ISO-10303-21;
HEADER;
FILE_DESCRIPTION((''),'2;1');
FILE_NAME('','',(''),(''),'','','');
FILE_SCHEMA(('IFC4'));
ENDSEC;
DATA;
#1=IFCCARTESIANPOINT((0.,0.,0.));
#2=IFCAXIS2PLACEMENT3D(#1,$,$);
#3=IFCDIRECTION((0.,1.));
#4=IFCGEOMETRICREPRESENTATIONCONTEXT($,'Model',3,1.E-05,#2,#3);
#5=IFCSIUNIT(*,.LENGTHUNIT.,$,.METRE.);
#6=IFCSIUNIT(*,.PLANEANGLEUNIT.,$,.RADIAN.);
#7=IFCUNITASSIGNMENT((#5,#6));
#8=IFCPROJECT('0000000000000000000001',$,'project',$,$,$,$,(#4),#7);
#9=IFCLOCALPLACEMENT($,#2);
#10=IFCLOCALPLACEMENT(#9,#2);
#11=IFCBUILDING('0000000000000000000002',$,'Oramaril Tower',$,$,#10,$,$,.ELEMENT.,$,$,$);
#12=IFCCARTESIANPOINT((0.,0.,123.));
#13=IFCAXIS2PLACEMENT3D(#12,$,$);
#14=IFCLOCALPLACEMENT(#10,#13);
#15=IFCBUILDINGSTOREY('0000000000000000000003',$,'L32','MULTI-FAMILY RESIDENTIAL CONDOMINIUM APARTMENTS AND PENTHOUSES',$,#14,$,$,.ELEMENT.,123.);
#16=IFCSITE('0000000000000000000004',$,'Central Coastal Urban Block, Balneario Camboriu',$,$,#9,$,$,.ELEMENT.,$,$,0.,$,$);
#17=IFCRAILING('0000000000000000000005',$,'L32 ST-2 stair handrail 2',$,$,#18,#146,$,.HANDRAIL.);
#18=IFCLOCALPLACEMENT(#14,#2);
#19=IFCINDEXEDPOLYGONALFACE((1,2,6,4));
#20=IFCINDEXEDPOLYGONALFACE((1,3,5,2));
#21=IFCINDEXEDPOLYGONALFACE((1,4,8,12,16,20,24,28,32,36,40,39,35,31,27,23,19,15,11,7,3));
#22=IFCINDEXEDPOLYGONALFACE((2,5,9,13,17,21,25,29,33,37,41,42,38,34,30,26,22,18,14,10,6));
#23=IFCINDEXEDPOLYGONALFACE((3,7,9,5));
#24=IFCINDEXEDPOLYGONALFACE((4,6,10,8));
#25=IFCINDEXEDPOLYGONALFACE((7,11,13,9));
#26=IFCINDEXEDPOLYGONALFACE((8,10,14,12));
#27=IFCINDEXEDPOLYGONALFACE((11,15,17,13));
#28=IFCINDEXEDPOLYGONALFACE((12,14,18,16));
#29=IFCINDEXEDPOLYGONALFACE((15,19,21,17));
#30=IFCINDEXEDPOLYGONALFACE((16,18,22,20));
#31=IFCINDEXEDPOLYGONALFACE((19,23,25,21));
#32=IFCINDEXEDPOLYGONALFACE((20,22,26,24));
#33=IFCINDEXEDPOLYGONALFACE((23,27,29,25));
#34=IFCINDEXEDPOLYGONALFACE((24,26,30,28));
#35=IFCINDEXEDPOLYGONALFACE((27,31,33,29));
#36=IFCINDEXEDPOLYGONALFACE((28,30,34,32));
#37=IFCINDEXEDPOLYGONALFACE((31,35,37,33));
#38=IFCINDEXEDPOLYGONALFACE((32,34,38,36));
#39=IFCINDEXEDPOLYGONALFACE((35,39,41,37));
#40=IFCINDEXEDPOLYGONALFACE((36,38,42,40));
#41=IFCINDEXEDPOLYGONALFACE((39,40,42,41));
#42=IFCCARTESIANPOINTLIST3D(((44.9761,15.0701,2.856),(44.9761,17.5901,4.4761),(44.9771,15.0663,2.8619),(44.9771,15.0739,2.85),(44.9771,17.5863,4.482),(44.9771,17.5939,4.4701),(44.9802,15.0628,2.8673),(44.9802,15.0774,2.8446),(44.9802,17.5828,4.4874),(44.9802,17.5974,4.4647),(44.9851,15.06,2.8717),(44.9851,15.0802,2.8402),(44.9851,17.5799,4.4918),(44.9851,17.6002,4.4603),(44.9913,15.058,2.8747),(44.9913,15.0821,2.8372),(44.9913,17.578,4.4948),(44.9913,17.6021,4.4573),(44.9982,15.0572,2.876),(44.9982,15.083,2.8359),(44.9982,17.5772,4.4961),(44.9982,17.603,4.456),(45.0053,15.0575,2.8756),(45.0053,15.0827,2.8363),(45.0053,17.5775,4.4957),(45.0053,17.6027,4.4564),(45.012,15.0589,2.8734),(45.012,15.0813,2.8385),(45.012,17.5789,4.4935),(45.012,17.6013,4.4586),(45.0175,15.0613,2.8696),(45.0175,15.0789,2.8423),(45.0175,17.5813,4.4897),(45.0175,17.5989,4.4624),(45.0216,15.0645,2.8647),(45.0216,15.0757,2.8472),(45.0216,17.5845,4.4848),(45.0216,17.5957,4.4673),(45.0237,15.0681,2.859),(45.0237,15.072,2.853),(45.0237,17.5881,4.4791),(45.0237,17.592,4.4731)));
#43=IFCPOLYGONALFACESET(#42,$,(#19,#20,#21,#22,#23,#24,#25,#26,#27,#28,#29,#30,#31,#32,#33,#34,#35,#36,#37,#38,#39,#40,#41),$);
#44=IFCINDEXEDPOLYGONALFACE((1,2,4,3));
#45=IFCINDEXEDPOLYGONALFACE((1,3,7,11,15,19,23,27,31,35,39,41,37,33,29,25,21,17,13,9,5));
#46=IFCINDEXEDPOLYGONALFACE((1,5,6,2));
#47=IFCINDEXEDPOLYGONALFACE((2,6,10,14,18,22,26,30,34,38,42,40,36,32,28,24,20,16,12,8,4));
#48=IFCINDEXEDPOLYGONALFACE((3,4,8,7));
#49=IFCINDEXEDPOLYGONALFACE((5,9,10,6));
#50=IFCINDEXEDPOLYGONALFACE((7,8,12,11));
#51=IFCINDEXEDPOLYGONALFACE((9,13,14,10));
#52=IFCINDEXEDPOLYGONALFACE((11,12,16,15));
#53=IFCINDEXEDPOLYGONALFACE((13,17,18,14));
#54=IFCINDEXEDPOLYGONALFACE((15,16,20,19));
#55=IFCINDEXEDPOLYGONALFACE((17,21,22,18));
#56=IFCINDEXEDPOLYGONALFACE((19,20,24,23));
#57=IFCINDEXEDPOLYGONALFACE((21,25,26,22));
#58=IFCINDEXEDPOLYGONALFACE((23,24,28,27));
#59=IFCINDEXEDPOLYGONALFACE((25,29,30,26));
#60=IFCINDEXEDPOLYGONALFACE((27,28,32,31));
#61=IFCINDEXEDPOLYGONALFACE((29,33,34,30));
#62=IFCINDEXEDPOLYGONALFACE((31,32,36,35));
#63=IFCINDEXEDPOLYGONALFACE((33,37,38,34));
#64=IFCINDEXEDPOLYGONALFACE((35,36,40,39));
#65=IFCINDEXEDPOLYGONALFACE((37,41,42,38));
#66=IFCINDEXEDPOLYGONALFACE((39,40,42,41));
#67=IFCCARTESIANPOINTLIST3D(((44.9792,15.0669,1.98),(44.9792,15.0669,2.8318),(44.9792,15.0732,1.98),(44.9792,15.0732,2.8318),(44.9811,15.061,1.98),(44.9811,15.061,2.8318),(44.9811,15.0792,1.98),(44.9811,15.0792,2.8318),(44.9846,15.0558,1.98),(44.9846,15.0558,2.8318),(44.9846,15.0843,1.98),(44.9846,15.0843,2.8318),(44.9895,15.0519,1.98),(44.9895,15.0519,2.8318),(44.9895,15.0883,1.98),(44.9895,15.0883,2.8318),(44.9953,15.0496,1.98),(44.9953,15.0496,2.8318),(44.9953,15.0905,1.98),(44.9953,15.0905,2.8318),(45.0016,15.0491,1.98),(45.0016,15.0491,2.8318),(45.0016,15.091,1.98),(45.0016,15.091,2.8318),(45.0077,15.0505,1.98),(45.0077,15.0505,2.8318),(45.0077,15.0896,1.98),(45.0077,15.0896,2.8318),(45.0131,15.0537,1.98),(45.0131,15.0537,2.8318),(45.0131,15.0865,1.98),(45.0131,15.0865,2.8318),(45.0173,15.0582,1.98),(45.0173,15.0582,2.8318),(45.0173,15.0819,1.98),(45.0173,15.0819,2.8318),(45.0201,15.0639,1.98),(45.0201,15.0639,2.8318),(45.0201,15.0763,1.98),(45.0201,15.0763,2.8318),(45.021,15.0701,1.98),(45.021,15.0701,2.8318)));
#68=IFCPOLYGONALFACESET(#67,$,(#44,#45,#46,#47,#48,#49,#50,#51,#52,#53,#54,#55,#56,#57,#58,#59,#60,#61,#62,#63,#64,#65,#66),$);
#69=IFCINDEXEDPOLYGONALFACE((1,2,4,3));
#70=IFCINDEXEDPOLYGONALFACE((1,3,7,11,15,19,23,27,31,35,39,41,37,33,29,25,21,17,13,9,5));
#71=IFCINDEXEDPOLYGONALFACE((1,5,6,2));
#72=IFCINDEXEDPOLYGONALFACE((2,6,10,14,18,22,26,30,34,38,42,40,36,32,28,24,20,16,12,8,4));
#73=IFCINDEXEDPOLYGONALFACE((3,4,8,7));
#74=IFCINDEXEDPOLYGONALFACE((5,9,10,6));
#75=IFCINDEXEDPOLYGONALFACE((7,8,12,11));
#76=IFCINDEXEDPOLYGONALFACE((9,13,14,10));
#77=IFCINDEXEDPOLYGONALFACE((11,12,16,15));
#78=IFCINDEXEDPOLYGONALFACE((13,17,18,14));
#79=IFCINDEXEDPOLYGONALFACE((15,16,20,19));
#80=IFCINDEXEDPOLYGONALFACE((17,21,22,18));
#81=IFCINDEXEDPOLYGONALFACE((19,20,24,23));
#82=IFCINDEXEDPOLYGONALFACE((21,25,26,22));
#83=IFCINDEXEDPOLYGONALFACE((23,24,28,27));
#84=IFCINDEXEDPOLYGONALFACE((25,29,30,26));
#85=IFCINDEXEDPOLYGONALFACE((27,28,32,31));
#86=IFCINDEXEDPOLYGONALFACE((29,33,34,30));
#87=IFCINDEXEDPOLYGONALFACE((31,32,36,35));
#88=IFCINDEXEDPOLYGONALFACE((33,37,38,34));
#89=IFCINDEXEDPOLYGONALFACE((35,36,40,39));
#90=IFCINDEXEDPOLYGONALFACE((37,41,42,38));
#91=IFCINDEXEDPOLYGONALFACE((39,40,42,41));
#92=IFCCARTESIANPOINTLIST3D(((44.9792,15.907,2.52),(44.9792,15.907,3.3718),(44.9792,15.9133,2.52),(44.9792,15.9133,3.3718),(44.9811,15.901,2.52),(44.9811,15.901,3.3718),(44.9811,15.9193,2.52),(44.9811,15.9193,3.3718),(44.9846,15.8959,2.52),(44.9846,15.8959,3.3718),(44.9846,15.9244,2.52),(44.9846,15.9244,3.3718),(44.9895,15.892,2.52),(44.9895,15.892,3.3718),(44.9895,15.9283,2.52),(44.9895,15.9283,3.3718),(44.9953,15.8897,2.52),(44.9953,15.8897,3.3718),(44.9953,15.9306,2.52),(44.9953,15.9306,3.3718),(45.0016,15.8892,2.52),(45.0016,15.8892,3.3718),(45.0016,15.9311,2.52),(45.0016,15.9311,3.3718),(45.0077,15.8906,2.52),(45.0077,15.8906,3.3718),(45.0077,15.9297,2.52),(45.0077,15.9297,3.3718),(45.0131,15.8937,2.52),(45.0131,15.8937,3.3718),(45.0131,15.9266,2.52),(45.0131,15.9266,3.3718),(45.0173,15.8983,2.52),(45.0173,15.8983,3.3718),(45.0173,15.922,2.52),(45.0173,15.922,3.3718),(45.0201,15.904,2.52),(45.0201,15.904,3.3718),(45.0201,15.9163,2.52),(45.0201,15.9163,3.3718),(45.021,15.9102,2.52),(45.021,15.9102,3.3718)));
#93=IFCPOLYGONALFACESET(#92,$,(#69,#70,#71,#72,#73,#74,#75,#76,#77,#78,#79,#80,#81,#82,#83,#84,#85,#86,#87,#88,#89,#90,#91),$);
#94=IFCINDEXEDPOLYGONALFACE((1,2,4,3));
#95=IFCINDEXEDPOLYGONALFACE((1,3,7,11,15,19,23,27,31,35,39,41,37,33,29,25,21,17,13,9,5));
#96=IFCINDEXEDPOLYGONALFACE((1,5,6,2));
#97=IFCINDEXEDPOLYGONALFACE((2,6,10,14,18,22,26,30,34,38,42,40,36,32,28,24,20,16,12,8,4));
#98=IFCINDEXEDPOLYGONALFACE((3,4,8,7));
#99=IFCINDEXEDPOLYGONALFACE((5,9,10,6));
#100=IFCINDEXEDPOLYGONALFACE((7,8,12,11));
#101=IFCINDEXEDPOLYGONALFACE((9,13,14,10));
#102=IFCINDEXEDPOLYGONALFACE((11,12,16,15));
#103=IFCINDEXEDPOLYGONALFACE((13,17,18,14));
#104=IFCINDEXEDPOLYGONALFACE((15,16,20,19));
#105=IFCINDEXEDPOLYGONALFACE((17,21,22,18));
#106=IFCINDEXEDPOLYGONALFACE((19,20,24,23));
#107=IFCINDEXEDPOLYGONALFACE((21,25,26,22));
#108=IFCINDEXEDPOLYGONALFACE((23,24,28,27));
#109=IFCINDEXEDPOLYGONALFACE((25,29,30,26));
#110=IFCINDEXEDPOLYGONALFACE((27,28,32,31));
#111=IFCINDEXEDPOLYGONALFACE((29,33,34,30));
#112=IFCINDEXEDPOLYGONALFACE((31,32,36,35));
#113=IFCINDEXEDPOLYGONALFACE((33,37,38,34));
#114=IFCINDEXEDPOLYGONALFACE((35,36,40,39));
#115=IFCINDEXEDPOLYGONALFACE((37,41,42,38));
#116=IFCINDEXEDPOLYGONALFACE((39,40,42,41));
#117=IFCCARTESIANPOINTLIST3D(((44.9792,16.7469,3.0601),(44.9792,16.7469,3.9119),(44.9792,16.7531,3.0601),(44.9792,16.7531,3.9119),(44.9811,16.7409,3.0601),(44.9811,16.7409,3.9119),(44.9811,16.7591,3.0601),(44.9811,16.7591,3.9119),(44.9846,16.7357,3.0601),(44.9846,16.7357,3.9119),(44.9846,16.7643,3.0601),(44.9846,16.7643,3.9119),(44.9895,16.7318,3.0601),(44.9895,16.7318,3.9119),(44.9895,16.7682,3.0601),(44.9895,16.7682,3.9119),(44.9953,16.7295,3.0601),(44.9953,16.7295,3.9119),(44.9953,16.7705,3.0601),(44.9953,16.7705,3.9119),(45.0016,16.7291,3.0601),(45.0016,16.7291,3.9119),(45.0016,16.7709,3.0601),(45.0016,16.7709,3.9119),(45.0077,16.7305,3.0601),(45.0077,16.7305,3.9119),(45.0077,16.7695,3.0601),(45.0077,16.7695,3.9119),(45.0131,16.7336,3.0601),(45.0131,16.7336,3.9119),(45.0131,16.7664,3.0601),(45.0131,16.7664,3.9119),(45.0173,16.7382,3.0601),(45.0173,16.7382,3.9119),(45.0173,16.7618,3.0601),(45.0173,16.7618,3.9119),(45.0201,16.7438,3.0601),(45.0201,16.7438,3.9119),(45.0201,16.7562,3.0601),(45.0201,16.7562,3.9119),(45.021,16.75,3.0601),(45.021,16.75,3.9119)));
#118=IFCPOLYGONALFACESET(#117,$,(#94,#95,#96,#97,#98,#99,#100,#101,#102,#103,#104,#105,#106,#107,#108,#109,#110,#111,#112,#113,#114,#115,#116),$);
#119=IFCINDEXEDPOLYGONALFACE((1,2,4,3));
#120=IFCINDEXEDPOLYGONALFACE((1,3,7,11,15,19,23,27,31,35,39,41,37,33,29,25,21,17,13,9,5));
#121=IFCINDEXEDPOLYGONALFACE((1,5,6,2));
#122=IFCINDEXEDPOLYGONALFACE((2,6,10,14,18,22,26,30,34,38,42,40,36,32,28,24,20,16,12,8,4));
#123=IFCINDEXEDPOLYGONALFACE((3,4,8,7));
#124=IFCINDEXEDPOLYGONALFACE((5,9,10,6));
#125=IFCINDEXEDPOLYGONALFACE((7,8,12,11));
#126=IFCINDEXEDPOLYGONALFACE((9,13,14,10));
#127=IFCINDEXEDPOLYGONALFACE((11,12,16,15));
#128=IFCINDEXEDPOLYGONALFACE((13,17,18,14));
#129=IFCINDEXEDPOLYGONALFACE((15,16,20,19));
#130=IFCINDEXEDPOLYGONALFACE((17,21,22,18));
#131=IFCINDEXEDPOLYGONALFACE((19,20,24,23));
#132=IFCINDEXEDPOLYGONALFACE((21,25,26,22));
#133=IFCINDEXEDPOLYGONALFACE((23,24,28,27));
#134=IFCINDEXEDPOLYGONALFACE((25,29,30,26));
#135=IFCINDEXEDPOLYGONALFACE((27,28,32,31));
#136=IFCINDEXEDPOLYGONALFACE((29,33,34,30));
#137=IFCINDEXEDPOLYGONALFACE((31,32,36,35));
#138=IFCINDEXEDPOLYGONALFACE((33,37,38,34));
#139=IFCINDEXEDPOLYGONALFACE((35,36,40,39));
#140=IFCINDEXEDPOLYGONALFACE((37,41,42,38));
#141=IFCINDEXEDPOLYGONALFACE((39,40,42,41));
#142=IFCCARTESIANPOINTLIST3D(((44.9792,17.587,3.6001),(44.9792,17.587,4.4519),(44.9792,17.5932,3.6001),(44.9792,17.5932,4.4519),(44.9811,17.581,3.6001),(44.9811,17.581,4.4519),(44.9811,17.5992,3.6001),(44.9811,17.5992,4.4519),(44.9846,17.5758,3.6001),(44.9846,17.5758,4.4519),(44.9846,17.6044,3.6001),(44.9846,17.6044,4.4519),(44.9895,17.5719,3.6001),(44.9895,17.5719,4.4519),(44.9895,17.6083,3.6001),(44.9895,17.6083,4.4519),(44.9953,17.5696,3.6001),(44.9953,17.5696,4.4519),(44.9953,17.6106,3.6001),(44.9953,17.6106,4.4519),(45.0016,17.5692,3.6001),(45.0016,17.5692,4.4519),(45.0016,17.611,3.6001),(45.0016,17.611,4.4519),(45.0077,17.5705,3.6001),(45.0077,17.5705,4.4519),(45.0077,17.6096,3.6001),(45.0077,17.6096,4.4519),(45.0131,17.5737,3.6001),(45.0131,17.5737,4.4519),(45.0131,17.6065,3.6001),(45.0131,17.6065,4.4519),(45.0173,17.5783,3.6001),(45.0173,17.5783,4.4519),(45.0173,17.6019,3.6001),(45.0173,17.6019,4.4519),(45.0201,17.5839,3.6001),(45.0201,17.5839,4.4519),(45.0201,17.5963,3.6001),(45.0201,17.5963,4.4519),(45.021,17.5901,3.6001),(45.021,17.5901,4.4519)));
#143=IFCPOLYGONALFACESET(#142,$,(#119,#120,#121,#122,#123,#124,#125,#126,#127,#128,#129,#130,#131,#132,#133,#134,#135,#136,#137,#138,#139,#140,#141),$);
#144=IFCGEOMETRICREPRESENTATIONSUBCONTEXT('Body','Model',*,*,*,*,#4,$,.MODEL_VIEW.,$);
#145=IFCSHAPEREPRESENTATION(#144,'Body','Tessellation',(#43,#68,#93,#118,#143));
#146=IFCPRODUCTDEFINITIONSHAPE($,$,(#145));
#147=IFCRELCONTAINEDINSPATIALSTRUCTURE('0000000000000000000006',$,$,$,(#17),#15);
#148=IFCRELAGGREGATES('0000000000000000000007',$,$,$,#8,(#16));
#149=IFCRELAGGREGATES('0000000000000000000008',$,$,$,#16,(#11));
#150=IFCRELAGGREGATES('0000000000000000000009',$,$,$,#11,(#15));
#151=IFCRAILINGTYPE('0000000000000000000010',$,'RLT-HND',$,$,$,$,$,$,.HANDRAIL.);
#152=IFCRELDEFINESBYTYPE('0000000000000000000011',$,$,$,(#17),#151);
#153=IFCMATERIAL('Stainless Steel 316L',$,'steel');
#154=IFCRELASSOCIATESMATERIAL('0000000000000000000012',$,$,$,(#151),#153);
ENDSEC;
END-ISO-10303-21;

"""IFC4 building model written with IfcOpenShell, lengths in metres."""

from ifc_helpers import new_model, si_unit, direction, frame, origin, origin_2d, place, context, subcontext, project, spatial, circle, extrude, material, type_object, element, save


model = new_model("IFC4")

# Units and contexts
model_context = context("Model", 3, precision=1e-05, world=origin(), true_north=direction((0.0, 1.0)))
body_context = subcontext(model_context, "Body", "Model", "MODEL_VIEW")
ifc_project = project(units=[si_unit("LENGTHUNIT", "METRE"), si_unit("PLANEANGLEUNIT", "RADIAN")], contexts=[model_context])

# Site, building, storey
site_placement = place(None, origin())
site = spatial("IfcSite", under=ifc_project, at=site_placement, Name="Central Coastal Urban Block, Balneario Camboriu", CompositionType="ELEMENT", RefElevation=0.0)
building_placement = place(site_placement, origin())
building = spatial("IfcBuilding", under=site, at=building_placement, Name="Oramaril Tower", CompositionType="ELEMENT")
storey_placement = place(building_placement, frame((0.0, 0.0, 123.0)))
storey = spatial("IfcBuildingStorey", under=building, at=storey_placement, Name="L32", Description="MULTI-FAMILY RESIDENTIAL CONDOMINIUM APARTMENTS AND PENTHOUSES", CompositionType="ELEMENT", Elevation=123.0)

# Railing
ifc_material_1 = material(Name="Stainless Steel 316L", Category="steel")
railing_type_1 = type_object("IfcRailingType", Name="RLT-HND", PredefinedType="HANDRAIL", material=ifc_material_1)
for number, where, name in (
    (1, (45.0, 15.0701, 1.98), "L32 ST-2 stair handrail 2"),
):
    element("IfcRailing", number, at=place(storey_placement, frame(where)), inside=storey, type_object=railing_type_1, Name=name, PredefinedType="HANDRAIL", context=body_context, shape_type="SweptSolid", body=[
        extrude(circle(Radius=0.0239, at=origin_2d()), frame((0.0, 0.0, 0.876), z_axis=(0.0, 0.841163, 0.540782), x_axis=(-1.0, 0.0, 0.0)), (0.0, 0.0, 1.0), 2.9958),
        extrude(circle(Radius=0.021, at=origin_2d()), origin(), (0.0, 0.0, 1.0), 0.8518),
        extrude(circle(Radius=0.021, at=origin_2d()), frame((0.0, 0.8401, 0.54)), (0.0, 0.0, 1.0), 0.8518),
        extrude(circle(Radius=0.021, at=origin_2d()), frame((0.0, 1.6799, 1.0801)), (0.0, 0.0, 1.0), 0.8518),
        extrude(circle(Radius=0.021, at=origin_2d()), frame((0.0, 2.52, 1.6201)), (0.0, 0.0, 1.0), 0.8518),
    ])

save(model, "model.ifc")
